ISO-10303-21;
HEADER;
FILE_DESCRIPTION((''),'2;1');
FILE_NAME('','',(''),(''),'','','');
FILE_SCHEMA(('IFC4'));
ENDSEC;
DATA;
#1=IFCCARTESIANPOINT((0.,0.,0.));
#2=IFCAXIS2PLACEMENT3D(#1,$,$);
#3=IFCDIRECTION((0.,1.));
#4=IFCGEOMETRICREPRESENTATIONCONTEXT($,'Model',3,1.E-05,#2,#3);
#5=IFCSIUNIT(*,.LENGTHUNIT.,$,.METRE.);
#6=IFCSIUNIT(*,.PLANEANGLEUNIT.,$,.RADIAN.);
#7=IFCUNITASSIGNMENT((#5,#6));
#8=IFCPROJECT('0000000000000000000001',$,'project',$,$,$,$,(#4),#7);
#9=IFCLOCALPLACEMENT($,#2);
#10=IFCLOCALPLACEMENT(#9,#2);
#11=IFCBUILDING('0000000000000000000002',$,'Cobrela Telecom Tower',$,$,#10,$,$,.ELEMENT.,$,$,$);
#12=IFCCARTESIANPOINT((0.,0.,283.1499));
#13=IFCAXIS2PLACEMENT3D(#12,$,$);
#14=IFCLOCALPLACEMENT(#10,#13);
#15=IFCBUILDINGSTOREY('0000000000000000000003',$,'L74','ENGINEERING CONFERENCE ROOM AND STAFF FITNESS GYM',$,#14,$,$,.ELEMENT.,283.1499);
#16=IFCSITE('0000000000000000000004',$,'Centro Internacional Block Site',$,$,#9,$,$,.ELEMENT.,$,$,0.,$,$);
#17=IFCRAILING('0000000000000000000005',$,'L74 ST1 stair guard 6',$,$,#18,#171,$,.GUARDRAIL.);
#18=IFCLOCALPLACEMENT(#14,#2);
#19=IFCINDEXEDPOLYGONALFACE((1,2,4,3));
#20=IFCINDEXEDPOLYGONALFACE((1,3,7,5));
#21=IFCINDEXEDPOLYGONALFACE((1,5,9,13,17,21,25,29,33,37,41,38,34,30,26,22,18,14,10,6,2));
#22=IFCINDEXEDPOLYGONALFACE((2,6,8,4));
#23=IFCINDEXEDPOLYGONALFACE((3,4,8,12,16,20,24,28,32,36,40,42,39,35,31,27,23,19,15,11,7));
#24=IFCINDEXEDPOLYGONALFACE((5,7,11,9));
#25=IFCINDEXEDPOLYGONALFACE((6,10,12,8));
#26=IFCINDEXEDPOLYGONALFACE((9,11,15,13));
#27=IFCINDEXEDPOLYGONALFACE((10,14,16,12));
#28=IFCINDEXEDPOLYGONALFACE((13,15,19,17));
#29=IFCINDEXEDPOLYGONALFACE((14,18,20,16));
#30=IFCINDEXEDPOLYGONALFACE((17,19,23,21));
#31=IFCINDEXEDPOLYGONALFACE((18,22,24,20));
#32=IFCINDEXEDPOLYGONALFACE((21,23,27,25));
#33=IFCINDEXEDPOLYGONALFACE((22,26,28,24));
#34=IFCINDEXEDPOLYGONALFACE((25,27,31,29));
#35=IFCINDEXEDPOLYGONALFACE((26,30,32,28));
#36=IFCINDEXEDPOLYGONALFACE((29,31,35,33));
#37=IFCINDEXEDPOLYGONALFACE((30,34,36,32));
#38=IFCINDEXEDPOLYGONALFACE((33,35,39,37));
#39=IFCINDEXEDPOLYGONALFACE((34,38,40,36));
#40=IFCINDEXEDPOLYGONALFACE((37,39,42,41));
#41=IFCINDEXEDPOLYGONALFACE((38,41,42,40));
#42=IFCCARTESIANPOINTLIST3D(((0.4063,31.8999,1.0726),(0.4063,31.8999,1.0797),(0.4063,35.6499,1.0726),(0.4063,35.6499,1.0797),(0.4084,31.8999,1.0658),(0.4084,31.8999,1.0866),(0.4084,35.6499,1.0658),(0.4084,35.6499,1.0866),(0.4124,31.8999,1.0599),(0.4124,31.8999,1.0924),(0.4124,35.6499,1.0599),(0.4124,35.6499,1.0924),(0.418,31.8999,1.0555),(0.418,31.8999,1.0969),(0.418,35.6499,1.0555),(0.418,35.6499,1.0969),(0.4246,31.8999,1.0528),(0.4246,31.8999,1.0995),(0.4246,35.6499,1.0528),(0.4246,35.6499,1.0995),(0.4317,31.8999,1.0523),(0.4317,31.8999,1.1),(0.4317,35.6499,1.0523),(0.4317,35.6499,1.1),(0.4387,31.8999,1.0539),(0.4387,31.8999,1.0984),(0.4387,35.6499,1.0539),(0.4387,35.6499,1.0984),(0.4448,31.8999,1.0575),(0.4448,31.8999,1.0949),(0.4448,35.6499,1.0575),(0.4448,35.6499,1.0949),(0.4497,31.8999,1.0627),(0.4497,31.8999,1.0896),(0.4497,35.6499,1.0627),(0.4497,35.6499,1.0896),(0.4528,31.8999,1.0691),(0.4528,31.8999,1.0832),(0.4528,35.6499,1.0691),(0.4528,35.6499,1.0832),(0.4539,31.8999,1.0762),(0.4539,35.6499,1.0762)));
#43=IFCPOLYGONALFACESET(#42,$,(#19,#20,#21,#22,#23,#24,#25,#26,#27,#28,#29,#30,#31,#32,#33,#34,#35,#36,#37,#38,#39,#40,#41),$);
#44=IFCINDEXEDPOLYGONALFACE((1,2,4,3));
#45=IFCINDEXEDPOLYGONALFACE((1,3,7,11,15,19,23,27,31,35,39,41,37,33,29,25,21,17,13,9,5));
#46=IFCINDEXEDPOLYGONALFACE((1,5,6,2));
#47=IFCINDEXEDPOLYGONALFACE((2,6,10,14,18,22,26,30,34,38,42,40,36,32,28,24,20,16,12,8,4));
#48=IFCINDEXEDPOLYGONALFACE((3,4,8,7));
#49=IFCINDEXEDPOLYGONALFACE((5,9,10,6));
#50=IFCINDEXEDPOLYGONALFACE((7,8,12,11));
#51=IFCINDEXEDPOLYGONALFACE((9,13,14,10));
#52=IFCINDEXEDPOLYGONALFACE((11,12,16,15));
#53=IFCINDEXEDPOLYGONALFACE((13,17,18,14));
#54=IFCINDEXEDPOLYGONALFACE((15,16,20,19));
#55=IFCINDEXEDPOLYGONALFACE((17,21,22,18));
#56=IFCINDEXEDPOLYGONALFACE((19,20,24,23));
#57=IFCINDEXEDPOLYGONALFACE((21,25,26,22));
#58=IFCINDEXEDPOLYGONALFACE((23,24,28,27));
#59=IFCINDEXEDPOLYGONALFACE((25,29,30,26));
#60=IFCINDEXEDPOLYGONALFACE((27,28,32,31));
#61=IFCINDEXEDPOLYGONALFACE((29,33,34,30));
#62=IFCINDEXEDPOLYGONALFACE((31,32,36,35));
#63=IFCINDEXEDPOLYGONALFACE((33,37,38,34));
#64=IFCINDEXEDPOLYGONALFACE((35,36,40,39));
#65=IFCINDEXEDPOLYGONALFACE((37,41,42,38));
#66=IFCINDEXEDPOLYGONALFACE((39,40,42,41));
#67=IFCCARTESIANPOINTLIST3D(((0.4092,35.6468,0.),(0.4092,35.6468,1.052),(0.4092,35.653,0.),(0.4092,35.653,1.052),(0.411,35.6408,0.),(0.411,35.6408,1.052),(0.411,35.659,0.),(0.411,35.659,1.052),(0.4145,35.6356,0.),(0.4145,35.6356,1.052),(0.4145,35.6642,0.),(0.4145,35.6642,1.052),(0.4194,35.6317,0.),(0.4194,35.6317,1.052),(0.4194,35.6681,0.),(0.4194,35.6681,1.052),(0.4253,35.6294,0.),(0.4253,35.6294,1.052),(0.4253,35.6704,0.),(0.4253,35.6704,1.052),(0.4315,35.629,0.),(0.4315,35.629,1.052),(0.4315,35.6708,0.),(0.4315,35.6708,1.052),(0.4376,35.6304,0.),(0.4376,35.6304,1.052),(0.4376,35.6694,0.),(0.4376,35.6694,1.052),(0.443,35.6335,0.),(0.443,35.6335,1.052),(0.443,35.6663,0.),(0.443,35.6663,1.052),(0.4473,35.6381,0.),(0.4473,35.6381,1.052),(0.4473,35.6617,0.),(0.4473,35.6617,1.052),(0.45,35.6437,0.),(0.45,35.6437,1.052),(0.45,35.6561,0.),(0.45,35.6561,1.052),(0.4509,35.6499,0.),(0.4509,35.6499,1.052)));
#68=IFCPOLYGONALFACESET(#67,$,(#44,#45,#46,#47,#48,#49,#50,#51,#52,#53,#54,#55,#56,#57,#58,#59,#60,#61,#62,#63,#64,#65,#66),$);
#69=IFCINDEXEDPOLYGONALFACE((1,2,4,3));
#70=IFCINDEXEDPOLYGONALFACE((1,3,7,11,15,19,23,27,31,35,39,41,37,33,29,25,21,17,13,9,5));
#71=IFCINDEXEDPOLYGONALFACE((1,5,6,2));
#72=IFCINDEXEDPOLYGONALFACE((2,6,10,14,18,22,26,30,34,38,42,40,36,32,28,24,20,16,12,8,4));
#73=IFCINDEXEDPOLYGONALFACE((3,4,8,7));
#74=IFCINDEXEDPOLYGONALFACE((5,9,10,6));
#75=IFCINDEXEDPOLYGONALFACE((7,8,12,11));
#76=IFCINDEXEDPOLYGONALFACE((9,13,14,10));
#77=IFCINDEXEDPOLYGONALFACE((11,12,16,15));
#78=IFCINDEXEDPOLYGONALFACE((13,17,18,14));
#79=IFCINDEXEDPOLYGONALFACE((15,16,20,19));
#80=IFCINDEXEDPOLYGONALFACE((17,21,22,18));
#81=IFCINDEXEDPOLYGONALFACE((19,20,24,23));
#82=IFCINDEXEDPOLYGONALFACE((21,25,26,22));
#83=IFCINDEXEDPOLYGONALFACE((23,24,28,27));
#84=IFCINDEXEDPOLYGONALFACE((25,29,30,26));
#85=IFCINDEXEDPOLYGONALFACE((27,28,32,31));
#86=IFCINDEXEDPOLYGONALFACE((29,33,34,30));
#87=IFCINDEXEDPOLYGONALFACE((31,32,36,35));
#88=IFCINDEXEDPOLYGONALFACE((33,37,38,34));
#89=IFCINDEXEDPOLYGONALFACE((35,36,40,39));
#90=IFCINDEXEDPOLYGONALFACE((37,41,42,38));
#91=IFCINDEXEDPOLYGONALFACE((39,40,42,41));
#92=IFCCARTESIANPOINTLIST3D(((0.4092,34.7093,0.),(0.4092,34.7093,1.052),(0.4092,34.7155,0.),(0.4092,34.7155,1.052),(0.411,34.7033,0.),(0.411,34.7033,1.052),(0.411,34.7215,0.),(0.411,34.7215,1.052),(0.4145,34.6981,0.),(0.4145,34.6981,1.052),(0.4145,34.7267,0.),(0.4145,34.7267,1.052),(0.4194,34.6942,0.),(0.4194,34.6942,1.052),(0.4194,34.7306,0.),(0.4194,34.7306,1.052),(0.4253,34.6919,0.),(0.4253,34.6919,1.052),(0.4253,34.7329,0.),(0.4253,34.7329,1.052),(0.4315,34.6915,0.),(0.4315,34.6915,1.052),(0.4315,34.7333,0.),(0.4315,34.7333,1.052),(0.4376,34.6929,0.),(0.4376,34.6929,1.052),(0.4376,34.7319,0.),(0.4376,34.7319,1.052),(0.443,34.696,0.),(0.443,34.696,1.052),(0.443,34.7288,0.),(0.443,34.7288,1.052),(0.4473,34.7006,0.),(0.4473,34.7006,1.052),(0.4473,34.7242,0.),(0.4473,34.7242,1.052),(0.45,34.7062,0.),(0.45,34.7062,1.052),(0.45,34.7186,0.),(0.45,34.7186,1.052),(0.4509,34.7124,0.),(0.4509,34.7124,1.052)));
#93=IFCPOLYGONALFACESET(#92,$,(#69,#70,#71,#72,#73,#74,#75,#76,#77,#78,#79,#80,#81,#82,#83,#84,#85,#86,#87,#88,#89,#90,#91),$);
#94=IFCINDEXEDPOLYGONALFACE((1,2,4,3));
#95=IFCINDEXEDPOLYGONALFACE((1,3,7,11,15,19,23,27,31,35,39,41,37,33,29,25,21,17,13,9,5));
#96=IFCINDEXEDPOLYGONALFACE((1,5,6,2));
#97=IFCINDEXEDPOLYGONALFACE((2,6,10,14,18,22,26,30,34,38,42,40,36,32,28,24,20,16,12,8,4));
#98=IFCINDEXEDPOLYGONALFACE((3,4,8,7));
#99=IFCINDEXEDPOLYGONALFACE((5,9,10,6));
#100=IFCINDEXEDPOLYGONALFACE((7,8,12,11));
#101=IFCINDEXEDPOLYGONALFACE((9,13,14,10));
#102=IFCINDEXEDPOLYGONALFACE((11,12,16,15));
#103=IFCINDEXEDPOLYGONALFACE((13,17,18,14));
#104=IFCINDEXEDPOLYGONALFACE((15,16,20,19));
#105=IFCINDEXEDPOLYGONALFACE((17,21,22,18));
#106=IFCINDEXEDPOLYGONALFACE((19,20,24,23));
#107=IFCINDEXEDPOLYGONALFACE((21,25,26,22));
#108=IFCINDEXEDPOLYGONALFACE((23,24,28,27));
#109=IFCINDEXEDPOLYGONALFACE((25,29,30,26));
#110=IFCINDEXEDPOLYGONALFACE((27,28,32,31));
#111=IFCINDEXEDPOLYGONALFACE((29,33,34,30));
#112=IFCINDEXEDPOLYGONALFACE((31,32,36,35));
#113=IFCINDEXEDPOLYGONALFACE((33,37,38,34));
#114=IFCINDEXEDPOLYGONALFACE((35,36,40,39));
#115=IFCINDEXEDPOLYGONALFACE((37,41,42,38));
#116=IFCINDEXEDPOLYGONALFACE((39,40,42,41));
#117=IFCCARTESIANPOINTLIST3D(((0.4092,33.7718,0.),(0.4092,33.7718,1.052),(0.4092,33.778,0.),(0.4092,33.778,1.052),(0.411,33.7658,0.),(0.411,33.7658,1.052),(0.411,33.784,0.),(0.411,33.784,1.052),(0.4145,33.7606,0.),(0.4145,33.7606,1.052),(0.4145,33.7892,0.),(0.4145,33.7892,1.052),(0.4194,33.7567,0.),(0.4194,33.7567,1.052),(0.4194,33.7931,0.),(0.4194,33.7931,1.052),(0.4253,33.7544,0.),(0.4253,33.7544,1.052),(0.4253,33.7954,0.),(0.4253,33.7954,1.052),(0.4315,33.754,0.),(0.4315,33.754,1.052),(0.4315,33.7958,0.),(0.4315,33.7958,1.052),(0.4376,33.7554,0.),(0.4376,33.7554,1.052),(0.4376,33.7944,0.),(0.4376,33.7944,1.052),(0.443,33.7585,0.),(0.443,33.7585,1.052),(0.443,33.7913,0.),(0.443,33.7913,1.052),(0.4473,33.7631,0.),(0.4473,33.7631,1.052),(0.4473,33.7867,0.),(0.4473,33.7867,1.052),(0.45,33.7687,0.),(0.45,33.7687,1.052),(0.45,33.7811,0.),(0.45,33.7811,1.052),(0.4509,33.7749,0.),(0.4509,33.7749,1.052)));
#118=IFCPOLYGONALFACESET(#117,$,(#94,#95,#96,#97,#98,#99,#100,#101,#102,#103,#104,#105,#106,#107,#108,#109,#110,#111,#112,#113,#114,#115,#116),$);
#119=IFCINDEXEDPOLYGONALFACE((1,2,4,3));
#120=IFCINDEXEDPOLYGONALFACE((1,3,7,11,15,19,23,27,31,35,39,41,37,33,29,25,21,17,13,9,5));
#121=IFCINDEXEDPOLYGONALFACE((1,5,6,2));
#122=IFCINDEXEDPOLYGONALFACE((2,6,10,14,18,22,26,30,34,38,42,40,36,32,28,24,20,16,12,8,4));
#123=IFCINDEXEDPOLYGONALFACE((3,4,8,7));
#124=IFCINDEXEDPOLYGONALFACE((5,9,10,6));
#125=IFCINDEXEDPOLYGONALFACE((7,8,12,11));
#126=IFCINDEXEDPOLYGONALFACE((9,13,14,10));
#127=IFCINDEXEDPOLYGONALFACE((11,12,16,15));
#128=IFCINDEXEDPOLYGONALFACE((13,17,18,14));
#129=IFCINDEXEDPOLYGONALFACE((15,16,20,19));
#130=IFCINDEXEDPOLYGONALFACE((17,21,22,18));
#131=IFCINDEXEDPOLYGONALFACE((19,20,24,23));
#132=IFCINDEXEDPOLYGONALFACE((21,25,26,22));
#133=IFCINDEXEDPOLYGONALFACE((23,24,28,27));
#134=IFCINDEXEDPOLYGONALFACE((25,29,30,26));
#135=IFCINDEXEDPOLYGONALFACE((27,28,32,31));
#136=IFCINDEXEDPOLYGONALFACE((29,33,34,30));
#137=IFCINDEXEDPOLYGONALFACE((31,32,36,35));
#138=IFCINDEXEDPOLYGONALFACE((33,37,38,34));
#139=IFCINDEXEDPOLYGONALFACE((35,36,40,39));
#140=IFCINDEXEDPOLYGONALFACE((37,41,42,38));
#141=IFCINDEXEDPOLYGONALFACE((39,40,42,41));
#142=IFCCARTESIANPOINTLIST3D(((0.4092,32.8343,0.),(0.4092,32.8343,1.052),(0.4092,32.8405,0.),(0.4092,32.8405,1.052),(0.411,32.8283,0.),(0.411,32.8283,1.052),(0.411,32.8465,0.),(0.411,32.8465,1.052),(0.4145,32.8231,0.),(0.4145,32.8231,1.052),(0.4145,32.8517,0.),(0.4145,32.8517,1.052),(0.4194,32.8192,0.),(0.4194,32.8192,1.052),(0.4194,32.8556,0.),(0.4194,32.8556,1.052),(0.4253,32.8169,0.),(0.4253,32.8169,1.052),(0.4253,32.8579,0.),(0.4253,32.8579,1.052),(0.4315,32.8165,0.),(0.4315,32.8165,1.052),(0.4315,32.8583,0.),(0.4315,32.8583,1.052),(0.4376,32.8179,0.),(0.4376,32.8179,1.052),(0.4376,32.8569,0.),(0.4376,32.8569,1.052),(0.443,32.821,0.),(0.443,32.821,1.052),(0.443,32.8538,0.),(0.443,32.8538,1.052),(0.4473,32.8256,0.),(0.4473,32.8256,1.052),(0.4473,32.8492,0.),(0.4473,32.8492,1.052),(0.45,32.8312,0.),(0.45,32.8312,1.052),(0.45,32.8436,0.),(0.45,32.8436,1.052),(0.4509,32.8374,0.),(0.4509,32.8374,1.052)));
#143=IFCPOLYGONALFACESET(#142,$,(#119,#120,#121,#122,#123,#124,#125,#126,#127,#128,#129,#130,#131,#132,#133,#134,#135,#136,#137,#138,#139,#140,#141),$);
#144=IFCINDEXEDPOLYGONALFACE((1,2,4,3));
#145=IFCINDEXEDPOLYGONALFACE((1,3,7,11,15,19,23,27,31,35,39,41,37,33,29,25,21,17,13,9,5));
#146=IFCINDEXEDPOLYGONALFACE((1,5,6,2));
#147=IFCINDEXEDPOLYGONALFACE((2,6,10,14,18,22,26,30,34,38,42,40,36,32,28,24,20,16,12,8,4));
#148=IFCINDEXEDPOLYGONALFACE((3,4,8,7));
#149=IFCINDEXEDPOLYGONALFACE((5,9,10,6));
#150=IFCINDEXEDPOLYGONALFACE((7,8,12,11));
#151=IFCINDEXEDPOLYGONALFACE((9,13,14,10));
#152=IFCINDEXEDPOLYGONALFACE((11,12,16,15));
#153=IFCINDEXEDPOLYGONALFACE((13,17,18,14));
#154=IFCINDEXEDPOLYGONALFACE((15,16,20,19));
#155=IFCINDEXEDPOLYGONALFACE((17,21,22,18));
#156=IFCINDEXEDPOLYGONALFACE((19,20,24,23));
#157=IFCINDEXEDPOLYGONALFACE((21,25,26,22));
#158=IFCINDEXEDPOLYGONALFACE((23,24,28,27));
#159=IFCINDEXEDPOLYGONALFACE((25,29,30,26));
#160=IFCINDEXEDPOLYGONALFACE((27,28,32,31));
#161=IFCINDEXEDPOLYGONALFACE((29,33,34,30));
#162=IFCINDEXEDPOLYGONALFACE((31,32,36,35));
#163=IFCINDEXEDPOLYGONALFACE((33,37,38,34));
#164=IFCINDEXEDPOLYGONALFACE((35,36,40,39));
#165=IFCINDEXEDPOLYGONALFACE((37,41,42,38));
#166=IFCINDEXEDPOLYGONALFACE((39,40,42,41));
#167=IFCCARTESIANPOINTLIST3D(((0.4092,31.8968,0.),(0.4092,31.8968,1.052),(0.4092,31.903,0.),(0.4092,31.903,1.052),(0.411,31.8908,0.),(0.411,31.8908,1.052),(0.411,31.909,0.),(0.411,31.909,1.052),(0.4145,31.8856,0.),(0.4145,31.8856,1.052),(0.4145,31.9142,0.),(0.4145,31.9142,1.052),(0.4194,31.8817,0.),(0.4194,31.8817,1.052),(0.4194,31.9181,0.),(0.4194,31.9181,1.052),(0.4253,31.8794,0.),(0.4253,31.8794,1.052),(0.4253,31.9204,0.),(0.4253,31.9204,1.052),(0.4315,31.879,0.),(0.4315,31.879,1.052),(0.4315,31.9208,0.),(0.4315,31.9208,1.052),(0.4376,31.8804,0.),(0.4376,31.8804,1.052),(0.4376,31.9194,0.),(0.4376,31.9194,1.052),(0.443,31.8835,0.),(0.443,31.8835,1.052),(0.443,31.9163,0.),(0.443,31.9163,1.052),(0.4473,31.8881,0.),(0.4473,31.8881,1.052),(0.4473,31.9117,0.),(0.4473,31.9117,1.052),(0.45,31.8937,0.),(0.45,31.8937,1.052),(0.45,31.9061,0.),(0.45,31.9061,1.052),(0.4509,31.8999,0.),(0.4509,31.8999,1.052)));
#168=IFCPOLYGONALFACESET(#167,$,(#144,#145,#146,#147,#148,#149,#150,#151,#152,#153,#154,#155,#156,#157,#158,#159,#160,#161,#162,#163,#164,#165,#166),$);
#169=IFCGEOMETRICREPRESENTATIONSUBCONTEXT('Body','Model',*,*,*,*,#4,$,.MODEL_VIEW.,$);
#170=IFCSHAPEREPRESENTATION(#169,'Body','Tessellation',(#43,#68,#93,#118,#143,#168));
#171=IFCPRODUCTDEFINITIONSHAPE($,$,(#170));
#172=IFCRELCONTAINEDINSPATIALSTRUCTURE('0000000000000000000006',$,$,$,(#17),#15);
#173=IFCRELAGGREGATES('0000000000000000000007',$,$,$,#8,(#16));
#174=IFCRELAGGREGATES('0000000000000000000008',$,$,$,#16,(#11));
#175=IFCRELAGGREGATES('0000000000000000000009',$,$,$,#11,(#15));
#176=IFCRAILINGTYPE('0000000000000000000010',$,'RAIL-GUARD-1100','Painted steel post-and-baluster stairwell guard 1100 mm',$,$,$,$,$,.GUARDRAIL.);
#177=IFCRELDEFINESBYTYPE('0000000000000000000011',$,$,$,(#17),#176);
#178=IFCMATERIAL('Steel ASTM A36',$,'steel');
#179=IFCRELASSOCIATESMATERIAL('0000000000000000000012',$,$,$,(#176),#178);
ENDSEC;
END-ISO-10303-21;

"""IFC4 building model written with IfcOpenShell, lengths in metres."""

from ifc_helpers import new_model, si_unit, direction, frame, origin, origin_2d, place, context, subcontext, project, spatial, circle, extrude, material, type_object, element, save


model = new_model("IFC4")

# Units and contexts
model_context = context("Model", 3, precision=1e-05, world=origin(), true_north=direction((0.0, 1.0)))
body_context = subcontext(model_context, "Body", "Model", "MODEL_VIEW")
ifc_project = project(units=[si_unit("LENGTHUNIT", "METRE"), si_unit("PLANEANGLEUNIT", "RADIAN")], contexts=[model_context])

# Site, building, storey
site_placement = place(None, origin())
site = spatial("IfcSite", under=ifc_project, at=site_placement, Name="Centro Internacional Block Site", CompositionType="ELEMENT", RefElevation=0.0)
building_placement = place(site_placement, origin())
building = spatial("IfcBuilding", under=site, at=building_placement, Name="Cobrela Telecom Tower", CompositionType="ELEMENT")
storey_placement = place(building_placement, frame((0.0, 0.0, 283.1499)))
storey = spatial("IfcBuildingStorey", under=building, at=storey_placement, Name="L74", Description="ENGINEERING CONFERENCE ROOM AND STAFF FITNESS GYM", CompositionType="ELEMENT", Elevation=283.1499)

# Shared definitions
ifc_material_1 = material(Name="Steel ASTM A36", Category="steel")

# Railing
railing_type_1 = type_object("IfcRailingType", Name="RAIL-GUARD-1100", Description="Painted steel post-and-baluster stairwell guard 1100 mm", PredefinedType="GUARDRAIL", material=ifc_material_1)
railing_1_placement = place(storey_placement, frame((0.4299, 35.6499, 0.0)))
element("IfcRailing", 1, at=railing_1_placement, inside=storey, type_object=railing_type_1, Name="L74 ST1 stair guard 6", PredefinedType="GUARDRAIL", context=body_context, shape_type="SweptSolid", body=[
    extrude(circle(Radius=0.0239, at=origin_2d()), frame((0.0, 0.0, 1.0762), z_axis=(0.0, -1.0, 0.0), x_axis=(1.0, 0.0, 0.0)), (0.0, 0.0, 1.0), 3.75),
    extrude(circle(Radius=0.021, at=origin_2d()), origin(), (0.0, 0.0, 1.0), 1.052),
    extrude(circle(Radius=0.021, at=origin_2d()), frame((0.0, -0.9375, 0.0)), (0.0, 0.0, 1.0), 1.052),
    extrude(circle(Radius=0.021, at=origin_2d()), frame((0.0, -1.875, 0.0)), (0.0, 0.0, 1.0), 1.052),
    extrude(circle(Radius=0.021, at=origin_2d()), frame((0.0, -2.8125, 0.0)), (0.0, 0.0, 1.0), 1.052),
    extrude(circle(Radius=0.021, at=origin_2d()), frame((0.0, -3.75, 0.0)), (0.0, 0.0, 1.0), 1.052),
])

save(model, "model.ifc")
